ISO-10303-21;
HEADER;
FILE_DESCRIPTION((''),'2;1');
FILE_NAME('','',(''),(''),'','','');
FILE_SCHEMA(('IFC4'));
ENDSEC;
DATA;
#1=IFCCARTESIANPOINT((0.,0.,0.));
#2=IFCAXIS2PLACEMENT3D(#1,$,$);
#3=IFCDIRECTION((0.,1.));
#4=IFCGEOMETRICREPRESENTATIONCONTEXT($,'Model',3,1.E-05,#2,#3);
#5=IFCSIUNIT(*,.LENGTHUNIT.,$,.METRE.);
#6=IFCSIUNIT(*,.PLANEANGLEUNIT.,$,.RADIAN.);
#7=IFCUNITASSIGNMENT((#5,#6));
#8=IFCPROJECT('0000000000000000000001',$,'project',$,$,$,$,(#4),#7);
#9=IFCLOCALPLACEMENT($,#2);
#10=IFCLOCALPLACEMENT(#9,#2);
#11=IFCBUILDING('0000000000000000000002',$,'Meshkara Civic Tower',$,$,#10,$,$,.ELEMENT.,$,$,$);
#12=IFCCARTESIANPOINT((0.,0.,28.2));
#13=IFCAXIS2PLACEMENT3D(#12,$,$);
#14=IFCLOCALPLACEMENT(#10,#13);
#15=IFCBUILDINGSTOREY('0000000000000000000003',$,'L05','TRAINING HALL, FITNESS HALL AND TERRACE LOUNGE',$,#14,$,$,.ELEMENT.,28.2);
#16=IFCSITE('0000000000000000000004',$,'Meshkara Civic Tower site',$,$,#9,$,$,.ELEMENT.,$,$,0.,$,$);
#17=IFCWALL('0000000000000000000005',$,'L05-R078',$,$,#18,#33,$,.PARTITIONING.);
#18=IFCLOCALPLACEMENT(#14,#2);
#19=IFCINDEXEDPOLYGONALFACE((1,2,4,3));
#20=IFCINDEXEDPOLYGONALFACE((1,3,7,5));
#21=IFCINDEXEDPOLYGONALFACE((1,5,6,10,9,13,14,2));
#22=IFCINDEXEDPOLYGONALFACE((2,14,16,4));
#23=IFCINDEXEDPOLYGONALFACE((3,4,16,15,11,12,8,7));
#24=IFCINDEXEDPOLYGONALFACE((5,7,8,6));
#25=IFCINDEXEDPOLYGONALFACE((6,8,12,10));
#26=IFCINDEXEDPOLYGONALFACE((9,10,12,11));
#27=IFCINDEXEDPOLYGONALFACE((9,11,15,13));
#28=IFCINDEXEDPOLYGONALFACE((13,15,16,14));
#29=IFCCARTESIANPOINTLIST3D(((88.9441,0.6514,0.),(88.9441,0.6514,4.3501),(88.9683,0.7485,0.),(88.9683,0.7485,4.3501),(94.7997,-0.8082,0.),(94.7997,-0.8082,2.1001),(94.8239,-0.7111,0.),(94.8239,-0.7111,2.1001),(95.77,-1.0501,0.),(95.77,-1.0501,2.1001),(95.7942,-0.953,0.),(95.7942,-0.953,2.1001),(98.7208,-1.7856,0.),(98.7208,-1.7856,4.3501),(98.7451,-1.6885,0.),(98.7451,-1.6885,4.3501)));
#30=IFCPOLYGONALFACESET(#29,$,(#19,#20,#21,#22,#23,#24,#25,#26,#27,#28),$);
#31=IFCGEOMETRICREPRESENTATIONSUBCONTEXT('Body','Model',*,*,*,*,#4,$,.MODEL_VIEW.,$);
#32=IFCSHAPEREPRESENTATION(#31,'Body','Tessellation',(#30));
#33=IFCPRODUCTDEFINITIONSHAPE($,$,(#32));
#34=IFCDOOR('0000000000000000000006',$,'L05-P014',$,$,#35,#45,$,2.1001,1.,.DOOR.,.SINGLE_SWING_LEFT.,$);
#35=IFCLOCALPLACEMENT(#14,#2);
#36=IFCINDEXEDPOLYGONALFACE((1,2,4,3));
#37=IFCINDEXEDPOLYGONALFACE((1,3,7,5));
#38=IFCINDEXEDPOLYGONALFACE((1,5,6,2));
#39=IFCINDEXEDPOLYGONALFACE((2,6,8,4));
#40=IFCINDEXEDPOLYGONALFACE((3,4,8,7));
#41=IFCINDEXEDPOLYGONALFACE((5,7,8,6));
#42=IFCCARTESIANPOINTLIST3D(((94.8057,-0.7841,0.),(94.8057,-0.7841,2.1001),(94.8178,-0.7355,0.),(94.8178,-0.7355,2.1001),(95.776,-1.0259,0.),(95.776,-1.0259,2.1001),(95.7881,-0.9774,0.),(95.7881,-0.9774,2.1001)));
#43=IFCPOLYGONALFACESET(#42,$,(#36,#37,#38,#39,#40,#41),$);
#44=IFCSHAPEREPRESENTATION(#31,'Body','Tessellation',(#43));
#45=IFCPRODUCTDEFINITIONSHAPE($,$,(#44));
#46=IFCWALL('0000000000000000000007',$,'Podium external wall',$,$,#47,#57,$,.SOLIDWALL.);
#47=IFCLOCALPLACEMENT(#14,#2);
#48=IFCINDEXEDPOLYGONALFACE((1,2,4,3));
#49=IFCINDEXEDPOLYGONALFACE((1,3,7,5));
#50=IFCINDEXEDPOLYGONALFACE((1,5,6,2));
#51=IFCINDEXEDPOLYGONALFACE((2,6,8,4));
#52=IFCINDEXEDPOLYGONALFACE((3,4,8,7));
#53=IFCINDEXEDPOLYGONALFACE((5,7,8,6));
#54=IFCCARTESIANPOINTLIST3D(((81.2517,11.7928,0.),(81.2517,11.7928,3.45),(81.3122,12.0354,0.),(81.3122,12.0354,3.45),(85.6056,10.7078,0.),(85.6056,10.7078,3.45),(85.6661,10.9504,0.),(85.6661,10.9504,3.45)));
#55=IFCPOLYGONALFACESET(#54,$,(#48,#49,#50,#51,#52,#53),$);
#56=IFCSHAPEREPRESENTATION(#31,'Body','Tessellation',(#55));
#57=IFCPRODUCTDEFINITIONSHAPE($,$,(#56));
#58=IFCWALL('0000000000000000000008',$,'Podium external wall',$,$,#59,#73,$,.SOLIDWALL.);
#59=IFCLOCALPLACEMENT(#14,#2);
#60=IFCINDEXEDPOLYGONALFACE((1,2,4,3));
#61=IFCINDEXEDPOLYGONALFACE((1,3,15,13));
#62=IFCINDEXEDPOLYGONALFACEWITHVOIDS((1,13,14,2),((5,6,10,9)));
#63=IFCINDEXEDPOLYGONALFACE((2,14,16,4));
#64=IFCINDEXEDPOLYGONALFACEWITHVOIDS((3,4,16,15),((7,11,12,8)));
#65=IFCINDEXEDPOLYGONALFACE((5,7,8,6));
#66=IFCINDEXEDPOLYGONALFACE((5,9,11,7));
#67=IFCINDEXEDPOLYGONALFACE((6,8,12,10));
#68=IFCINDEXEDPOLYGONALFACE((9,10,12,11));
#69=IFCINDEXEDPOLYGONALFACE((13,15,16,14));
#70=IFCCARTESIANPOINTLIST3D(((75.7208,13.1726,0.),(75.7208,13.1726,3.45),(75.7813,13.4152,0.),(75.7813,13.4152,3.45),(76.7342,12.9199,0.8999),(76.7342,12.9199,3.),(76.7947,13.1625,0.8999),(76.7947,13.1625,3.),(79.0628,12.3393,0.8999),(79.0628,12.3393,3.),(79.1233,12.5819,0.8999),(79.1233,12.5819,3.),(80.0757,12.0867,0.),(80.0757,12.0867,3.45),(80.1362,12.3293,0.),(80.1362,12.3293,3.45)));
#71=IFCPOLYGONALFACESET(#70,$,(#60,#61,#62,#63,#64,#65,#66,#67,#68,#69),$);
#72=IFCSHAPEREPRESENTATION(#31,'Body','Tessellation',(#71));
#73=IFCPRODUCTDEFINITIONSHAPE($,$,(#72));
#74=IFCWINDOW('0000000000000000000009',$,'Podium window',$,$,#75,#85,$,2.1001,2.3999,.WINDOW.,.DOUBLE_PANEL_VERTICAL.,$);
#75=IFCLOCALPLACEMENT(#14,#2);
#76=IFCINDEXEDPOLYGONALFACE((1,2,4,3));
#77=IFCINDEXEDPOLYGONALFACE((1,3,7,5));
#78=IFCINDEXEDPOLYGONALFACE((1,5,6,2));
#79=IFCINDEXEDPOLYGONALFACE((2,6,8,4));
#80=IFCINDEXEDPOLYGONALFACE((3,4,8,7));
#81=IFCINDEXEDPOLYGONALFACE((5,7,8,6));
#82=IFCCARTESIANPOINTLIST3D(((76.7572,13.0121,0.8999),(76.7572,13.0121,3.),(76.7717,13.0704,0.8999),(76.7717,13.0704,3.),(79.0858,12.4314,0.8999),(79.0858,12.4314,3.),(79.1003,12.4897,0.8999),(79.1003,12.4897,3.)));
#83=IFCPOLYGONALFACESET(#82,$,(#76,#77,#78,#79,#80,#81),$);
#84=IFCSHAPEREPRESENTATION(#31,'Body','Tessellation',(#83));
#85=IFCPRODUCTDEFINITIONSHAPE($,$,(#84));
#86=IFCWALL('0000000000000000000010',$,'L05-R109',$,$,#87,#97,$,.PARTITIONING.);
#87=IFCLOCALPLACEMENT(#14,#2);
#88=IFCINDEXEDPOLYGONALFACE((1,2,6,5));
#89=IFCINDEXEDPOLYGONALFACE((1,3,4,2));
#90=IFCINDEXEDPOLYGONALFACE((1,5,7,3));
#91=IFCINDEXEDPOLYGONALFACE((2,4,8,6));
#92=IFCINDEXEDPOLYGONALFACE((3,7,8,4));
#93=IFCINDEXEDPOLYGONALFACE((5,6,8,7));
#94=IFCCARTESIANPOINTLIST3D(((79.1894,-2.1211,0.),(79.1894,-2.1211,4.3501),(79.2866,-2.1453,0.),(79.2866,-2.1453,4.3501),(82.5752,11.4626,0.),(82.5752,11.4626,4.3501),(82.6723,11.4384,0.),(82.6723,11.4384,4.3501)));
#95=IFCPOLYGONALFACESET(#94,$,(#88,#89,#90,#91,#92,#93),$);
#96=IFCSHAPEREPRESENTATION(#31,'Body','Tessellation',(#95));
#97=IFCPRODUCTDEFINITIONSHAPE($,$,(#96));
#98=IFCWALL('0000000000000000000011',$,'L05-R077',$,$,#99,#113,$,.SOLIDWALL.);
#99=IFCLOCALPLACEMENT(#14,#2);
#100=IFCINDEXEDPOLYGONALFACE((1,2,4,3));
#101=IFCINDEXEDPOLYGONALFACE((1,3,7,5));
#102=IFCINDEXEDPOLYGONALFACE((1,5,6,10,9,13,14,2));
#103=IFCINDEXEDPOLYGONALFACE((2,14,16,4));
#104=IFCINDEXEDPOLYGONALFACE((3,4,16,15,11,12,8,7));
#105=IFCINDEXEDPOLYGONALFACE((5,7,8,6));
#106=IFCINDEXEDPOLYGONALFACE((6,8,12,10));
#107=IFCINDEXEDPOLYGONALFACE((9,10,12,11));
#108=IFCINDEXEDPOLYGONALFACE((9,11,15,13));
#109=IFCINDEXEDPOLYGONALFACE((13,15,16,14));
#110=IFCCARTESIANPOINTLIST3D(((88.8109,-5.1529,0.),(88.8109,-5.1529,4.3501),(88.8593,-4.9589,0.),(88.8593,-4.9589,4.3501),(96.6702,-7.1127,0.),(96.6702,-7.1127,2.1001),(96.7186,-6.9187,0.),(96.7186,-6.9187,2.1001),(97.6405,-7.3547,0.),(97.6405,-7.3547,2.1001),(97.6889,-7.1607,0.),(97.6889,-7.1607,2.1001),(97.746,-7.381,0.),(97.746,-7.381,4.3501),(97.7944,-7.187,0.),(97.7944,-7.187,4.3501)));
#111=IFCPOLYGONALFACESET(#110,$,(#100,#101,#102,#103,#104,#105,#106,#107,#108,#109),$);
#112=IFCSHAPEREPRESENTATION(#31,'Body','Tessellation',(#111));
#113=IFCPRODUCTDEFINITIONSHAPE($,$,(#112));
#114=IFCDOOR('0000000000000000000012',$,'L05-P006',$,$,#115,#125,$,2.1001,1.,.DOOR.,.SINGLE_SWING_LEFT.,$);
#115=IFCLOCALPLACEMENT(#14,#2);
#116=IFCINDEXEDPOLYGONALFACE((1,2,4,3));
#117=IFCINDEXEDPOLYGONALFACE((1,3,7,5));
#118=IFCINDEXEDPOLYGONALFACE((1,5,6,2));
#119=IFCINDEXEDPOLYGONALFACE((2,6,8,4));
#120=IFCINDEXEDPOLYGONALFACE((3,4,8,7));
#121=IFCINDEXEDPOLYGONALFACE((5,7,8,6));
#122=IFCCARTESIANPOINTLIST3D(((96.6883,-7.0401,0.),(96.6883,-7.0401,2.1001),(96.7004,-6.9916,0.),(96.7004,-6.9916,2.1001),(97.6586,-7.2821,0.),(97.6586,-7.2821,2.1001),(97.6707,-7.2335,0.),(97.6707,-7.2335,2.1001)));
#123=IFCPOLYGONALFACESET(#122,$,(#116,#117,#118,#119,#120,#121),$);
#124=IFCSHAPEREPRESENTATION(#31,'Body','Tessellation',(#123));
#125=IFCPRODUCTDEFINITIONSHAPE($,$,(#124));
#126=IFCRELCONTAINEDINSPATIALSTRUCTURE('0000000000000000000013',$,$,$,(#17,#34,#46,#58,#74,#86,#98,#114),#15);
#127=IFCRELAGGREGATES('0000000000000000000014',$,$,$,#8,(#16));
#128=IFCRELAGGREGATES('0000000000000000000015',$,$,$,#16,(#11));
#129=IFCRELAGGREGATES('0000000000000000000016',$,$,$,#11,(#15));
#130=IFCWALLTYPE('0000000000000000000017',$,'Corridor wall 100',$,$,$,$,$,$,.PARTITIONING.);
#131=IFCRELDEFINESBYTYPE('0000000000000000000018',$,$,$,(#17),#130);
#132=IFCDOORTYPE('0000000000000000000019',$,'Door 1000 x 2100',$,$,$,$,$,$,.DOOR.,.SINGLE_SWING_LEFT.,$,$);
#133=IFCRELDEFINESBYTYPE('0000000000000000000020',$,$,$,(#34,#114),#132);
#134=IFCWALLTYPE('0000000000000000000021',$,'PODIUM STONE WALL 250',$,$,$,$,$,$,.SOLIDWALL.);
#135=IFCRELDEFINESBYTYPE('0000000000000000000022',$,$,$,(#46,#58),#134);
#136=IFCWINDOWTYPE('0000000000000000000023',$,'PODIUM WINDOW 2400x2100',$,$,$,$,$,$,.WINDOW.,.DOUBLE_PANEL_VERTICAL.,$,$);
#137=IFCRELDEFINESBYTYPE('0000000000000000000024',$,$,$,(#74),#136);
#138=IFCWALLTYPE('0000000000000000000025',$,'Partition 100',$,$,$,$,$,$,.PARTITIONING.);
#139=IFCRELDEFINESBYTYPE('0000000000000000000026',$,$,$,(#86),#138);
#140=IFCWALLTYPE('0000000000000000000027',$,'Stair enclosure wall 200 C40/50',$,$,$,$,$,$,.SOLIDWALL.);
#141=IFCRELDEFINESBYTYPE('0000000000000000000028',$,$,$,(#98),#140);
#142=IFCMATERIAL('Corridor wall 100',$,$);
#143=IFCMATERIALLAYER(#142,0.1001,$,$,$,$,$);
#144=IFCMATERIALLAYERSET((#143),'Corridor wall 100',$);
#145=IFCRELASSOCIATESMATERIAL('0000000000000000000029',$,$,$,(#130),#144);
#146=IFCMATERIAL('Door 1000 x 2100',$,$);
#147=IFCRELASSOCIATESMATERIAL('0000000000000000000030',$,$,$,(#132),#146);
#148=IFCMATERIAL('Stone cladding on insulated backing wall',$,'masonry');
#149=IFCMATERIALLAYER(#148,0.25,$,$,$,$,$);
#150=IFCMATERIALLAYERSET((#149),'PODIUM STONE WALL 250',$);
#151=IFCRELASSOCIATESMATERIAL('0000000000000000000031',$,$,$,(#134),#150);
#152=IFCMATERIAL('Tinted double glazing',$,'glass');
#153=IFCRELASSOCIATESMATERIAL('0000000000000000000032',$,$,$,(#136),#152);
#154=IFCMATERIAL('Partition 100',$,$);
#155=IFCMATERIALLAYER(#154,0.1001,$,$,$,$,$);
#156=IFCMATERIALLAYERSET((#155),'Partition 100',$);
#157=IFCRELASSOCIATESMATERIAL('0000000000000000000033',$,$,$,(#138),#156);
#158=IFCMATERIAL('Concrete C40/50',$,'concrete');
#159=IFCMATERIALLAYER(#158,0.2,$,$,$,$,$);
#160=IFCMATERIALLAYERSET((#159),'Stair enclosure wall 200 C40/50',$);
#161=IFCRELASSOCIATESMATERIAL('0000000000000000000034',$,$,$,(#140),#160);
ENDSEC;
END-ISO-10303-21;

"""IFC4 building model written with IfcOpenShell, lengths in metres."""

from ifc_helpers import new_model, si_unit, direction, frame, frame_2d, origin, place, context, subcontext, project, spatial, rectangle, extrude, material, layer, layer_set, type_object, element, fill, save


model = new_model("IFC4")

# Units and contexts
model_context = context("Model", 3, precision=1e-05, world=origin(), true_north=direction((0.0, 1.0)))
body_context = subcontext(model_context, "Body", "Model", "MODEL_VIEW")
ifc_project = project(units=[si_unit("LENGTHUNIT", "METRE"), si_unit("PLANEANGLEUNIT", "RADIAN")], contexts=[model_context])

# Site, building, storey
site_placement = place(None, origin())
site = spatial("IfcSite", under=ifc_project, at=site_placement, Name="Meshkara Civic Tower site", CompositionType="ELEMENT", RefElevation=0.0)
building_placement = place(site_placement, origin())
building = spatial("IfcBuilding", under=site, at=building_placement, Name="Meshkara Civic Tower", CompositionType="ELEMENT")
storey_placement = place(building_placement, frame((0.0, 0.0, 28.2)))
storey = spatial("IfcBuildingStorey", under=building, at=storey_placement, Name="L05", Description="TRAINING HALL, FITNESS HALL AND TERRACE LOUNGE", CompositionType="ELEMENT", Elevation=28.2)

# Shared definitions
ifc_material_1 = material(Name="Corridor wall 100")
ifc_layer_1 = layer(ifc_material_1, 0.1001)
ifc_layer_set_1 = layer_set([ifc_layer_1], Name="Corridor wall 100")
wall_type_1 = type_object("IfcWallType", Name="Corridor wall 100", PredefinedType="PARTITIONING", material=ifc_layer_set_1)

# Wall, opening, door
wall_1_placement = place(storey_placement, frame((88.9561, 0.7, 0.0), z_axis=(0.0, 0.0, 1.0), x_axis=(0.97031, -0.241863, 0.0)))
wall_1 = element("IfcWall", 1, at=wall_1_placement, inside=storey, type_object=wall_type_1, Name="L05-R078", PredefinedType="PARTITIONING", context=body_context, shape_type="SweptSolid", body=[
    extrude(rectangle(XDim=10.0759, YDim=0.1001, at=frame_2d((5.0381, 0.0))), origin(), (0.0, 0.0, 1.0), 4.3501),
])
opening_1_placement = place(wall_1_placement, frame((6.0349, 0.0, 0.0)))
opening_1 = element("IfcOpeningElement", 2, at=opening_1_placement, cuts=wall_1, PredefinedType="OPENING", context=body_context, shape_type="SweptSolid", body=[
    extrude(rectangle(XDim=1.0, YDim=2.1001, at=frame_2d((0.5, 1.05))), frame((0.0, 0.0601, 0.0), z_axis=(0.0, -1.0, 0.0), x_axis=(1.0, 0.0, 0.0)), (0.0, 0.0, 1.0), 0.1201),
])
ifc_material_2 = material(Name="Door 1000 x 2100")
door_type_1 = type_object("IfcDoorType", Name="Door 1000 x 2100", OperationType="SINGLE_SWING_LEFT", PredefinedType="DOOR", material=ifc_material_2)
door_1_placement = place(opening_1_placement, origin())
door_1 = element("IfcDoor", 3, at=door_1_placement, inside=storey, type_object=door_type_1, Name="L05-P014", OperationType="SINGLE_SWING_LEFT", OverallHeight=2.1001, OverallWidth=1.0, PredefinedType="DOOR", context=body_context, shape_type="SweptSolid", body=[
    extrude(rectangle(XDim=1.0, YDim=2.1001, at=frame_2d((0.5, 1.05))), frame((0.0, 0.0249, 0.0), z_axis=(0.0, -1.0, 0.0), x_axis=(1.0, 0.0, 0.0)), (0.0, 0.0, 1.0), 0.05),
])
fill(opening_1, door_1)

# Wall
ifc_material_3 = material(Name="Stone cladding on insulated backing wall", Category="masonry")
ifc_layer_2 = layer(ifc_material_3, 0.25)
ifc_layer_set_2 = layer_set([ifc_layer_2], Name="PODIUM STONE WALL 250")
wall_type_2 = type_object("IfcWallType", Name="PODIUM STONE WALL 250", PredefinedType="SOLIDWALL", material=ifc_layer_set_2)
wall_2_placement = place(storey_placement, frame((85.636, 10.8291, 0.0), z_axis=(0.0, 0.0, 1.0), x_axis=(-0.970328, 0.241793, 0.0)))
element("IfcWall", 4, at=wall_2_placement, inside=storey, type_object=wall_type_2, Name="Podium external wall", PredefinedType="SOLIDWALL", context=body_context, shape_type="SweptSolid", body=[
    extrude(rectangle(XDim=4.4871, YDim=0.25, at=frame_2d((2.2437, 0.0))), origin(), (0.0, 0.0, 1.0), 3.45),
])

# Wall, opening, window
wall_3_placement = place(storey_placement, frame((80.106, 12.208, 0.0), z_axis=(0.0, 0.0, 1.0), x_axis=(-0.97029, 0.241947, 0.0)))
wall_3 = element("IfcWall", 5, at=wall_3_placement, inside=storey, type_object=wall_type_2, Name="Podium external wall", PredefinedType="SOLIDWALL", context=body_context, shape_type="SweptSolid", body=[
    extrude(rectangle(XDim=4.4883, YDim=0.25, at=frame_2d((2.2441, 0.0))), origin(), (0.0, 0.0, 1.0), 3.45),
])
opening_2_placement = place(wall_3_placement, frame((1.0439, 0.0, 0.8999)))
opening_2 = element("IfcOpeningElement", 6, at=opening_2_placement, cuts=wall_3, PredefinedType="OPENING", context=body_context, shape_type="SweptSolid", body=[
    extrude(rectangle(XDim=2.3999, YDim=2.1001, at=frame_2d((1.2, 1.05))), frame((0.0, 0.135, 0.0), z_axis=(0.0, -1.0, 0.0), x_axis=(1.0, 0.0, 0.0)), (0.0, 0.0, 1.0), 0.27),
])
ifc_material_4 = material(Name="Tinted double glazing", Category="glass")
window_type = type_object("IfcWindowType", Name="PODIUM WINDOW 2400x2100", PartitioningType="DOUBLE_PANEL_VERTICAL", PredefinedType="WINDOW", material=ifc_material_4)
window_placement = place(opening_2_placement, origin())
window = element("IfcWindow", 7, at=window_placement, inside=storey, type_object=window_type, Name="Podium window", OverallHeight=2.1001, OverallWidth=2.3999, PartitioningType="DOUBLE_PANEL_VERTICAL", PredefinedType="WINDOW", context=body_context, shape_type="SweptSolid", body=[
    extrude(rectangle(XDim=2.3999, YDim=2.1001, at=frame_2d((1.2, 1.05))), frame((0.0, 0.03, 0.0), z_axis=(0.0, -1.0, 0.0), x_axis=(1.0, 0.0, 0.0)), (0.0, 0.0, 1.0), 0.0601),
])
fill(opening_2, window)

# Wall
ifc_material_5 = material(Name="Partition 100")
ifc_layer_3 = layer(ifc_material_5, 0.1001)
ifc_layer_set_3 = layer_set([ifc_layer_3], Name="Partition 100")
wall_type_3 = type_object("IfcWallType", Name="Partition 100", PredefinedType="PARTITIONING", material=ifc_layer_set_3)
wall_4_placement = place(storey_placement, frame((79.238, -2.1331, 0.0), z_axis=(0.0, 0.0, 1.0), x_axis=(0.24185, 0.970314, 0.0)))
element("IfcWall", 8, at=wall_4_placement, inside=storey, type_object=wall_type_3, Name="L05-R109", PredefinedType="PARTITIONING", context=body_context, shape_type="SweptSolid", body=[
    extrude(rectangle(XDim=13.9993, YDim=0.1001, at=frame_2d((6.9995, 0.0))), origin(), (0.0, 0.0, 1.0), 4.3501),
])

# Wall, opening, door
ifc_material_6 = material(Name="Concrete C40/50", Category="concrete")
ifc_layer_4 = layer(ifc_material_6, 0.2)
ifc_layer_set_4 = layer_set([ifc_layer_4], Name="Stair enclosure wall 200 C40/50")
wall_type_4 = type_object("IfcWallType", Name="Stair enclosure wall 200 C40/50", PredefinedType="SOLIDWALL", material=ifc_layer_set_4)
wall_5_placement = place(storey_placement, frame((88.835, -5.0559, 0.0), z_axis=(0.0, 0.0, 1.0), x_axis=(0.970289, -0.241949, 0.0)))
wall_5 = element("IfcWall", 9, at=wall_5_placement, inside=storey, type_object=wall_type_4, Name="L05-R077", PredefinedType="SOLIDWALL", context=body_context, shape_type="SweptSolid", body=[
    extrude(rectangle(XDim=9.2087, YDim=0.2, at=frame_2d((4.6045, 0.0))), origin(), (0.0, 0.0, 1.0), 4.3501),
])
opening_3_placement = place(wall_5_placement, frame((8.1001, 0.0, 0.0)))
opening_3 = element("IfcOpeningElement", 10, at=opening_3_placement, cuts=wall_5, PredefinedType="OPENING", context=body_context, shape_type="SweptSolid", body=[
    extrude(rectangle(XDim=1.0, YDim=2.1001, at=frame_2d((0.5, 1.05))), frame((0.0, 0.1099, 0.0), z_axis=(0.0, -1.0, 0.0), x_axis=(1.0, 0.0, 0.0)), (0.0, 0.0, 1.0), 0.22),
])
door_2_placement = place(opening_3_placement, origin())
door_2 = element("IfcDoor", 11, at=door_2_placement, inside=storey, type_object=door_type_1, Name="L05-P006", OperationType="SINGLE_SWING_LEFT", OverallHeight=2.1001, OverallWidth=1.0, PredefinedType="DOOR", context=body_context, shape_type="SweptSolid", body=[
    extrude(rectangle(XDim=1.0, YDim=2.1001, at=frame_2d((0.5, 1.05))), frame((0.0, 0.0249, 0.0), z_axis=(0.0, -1.0, 0.0), x_axis=(1.0, 0.0, 0.0)), (0.0, 0.0, 1.0), 0.05),
])
fill(opening_3, door_2)

save(model, "model.ifc")
